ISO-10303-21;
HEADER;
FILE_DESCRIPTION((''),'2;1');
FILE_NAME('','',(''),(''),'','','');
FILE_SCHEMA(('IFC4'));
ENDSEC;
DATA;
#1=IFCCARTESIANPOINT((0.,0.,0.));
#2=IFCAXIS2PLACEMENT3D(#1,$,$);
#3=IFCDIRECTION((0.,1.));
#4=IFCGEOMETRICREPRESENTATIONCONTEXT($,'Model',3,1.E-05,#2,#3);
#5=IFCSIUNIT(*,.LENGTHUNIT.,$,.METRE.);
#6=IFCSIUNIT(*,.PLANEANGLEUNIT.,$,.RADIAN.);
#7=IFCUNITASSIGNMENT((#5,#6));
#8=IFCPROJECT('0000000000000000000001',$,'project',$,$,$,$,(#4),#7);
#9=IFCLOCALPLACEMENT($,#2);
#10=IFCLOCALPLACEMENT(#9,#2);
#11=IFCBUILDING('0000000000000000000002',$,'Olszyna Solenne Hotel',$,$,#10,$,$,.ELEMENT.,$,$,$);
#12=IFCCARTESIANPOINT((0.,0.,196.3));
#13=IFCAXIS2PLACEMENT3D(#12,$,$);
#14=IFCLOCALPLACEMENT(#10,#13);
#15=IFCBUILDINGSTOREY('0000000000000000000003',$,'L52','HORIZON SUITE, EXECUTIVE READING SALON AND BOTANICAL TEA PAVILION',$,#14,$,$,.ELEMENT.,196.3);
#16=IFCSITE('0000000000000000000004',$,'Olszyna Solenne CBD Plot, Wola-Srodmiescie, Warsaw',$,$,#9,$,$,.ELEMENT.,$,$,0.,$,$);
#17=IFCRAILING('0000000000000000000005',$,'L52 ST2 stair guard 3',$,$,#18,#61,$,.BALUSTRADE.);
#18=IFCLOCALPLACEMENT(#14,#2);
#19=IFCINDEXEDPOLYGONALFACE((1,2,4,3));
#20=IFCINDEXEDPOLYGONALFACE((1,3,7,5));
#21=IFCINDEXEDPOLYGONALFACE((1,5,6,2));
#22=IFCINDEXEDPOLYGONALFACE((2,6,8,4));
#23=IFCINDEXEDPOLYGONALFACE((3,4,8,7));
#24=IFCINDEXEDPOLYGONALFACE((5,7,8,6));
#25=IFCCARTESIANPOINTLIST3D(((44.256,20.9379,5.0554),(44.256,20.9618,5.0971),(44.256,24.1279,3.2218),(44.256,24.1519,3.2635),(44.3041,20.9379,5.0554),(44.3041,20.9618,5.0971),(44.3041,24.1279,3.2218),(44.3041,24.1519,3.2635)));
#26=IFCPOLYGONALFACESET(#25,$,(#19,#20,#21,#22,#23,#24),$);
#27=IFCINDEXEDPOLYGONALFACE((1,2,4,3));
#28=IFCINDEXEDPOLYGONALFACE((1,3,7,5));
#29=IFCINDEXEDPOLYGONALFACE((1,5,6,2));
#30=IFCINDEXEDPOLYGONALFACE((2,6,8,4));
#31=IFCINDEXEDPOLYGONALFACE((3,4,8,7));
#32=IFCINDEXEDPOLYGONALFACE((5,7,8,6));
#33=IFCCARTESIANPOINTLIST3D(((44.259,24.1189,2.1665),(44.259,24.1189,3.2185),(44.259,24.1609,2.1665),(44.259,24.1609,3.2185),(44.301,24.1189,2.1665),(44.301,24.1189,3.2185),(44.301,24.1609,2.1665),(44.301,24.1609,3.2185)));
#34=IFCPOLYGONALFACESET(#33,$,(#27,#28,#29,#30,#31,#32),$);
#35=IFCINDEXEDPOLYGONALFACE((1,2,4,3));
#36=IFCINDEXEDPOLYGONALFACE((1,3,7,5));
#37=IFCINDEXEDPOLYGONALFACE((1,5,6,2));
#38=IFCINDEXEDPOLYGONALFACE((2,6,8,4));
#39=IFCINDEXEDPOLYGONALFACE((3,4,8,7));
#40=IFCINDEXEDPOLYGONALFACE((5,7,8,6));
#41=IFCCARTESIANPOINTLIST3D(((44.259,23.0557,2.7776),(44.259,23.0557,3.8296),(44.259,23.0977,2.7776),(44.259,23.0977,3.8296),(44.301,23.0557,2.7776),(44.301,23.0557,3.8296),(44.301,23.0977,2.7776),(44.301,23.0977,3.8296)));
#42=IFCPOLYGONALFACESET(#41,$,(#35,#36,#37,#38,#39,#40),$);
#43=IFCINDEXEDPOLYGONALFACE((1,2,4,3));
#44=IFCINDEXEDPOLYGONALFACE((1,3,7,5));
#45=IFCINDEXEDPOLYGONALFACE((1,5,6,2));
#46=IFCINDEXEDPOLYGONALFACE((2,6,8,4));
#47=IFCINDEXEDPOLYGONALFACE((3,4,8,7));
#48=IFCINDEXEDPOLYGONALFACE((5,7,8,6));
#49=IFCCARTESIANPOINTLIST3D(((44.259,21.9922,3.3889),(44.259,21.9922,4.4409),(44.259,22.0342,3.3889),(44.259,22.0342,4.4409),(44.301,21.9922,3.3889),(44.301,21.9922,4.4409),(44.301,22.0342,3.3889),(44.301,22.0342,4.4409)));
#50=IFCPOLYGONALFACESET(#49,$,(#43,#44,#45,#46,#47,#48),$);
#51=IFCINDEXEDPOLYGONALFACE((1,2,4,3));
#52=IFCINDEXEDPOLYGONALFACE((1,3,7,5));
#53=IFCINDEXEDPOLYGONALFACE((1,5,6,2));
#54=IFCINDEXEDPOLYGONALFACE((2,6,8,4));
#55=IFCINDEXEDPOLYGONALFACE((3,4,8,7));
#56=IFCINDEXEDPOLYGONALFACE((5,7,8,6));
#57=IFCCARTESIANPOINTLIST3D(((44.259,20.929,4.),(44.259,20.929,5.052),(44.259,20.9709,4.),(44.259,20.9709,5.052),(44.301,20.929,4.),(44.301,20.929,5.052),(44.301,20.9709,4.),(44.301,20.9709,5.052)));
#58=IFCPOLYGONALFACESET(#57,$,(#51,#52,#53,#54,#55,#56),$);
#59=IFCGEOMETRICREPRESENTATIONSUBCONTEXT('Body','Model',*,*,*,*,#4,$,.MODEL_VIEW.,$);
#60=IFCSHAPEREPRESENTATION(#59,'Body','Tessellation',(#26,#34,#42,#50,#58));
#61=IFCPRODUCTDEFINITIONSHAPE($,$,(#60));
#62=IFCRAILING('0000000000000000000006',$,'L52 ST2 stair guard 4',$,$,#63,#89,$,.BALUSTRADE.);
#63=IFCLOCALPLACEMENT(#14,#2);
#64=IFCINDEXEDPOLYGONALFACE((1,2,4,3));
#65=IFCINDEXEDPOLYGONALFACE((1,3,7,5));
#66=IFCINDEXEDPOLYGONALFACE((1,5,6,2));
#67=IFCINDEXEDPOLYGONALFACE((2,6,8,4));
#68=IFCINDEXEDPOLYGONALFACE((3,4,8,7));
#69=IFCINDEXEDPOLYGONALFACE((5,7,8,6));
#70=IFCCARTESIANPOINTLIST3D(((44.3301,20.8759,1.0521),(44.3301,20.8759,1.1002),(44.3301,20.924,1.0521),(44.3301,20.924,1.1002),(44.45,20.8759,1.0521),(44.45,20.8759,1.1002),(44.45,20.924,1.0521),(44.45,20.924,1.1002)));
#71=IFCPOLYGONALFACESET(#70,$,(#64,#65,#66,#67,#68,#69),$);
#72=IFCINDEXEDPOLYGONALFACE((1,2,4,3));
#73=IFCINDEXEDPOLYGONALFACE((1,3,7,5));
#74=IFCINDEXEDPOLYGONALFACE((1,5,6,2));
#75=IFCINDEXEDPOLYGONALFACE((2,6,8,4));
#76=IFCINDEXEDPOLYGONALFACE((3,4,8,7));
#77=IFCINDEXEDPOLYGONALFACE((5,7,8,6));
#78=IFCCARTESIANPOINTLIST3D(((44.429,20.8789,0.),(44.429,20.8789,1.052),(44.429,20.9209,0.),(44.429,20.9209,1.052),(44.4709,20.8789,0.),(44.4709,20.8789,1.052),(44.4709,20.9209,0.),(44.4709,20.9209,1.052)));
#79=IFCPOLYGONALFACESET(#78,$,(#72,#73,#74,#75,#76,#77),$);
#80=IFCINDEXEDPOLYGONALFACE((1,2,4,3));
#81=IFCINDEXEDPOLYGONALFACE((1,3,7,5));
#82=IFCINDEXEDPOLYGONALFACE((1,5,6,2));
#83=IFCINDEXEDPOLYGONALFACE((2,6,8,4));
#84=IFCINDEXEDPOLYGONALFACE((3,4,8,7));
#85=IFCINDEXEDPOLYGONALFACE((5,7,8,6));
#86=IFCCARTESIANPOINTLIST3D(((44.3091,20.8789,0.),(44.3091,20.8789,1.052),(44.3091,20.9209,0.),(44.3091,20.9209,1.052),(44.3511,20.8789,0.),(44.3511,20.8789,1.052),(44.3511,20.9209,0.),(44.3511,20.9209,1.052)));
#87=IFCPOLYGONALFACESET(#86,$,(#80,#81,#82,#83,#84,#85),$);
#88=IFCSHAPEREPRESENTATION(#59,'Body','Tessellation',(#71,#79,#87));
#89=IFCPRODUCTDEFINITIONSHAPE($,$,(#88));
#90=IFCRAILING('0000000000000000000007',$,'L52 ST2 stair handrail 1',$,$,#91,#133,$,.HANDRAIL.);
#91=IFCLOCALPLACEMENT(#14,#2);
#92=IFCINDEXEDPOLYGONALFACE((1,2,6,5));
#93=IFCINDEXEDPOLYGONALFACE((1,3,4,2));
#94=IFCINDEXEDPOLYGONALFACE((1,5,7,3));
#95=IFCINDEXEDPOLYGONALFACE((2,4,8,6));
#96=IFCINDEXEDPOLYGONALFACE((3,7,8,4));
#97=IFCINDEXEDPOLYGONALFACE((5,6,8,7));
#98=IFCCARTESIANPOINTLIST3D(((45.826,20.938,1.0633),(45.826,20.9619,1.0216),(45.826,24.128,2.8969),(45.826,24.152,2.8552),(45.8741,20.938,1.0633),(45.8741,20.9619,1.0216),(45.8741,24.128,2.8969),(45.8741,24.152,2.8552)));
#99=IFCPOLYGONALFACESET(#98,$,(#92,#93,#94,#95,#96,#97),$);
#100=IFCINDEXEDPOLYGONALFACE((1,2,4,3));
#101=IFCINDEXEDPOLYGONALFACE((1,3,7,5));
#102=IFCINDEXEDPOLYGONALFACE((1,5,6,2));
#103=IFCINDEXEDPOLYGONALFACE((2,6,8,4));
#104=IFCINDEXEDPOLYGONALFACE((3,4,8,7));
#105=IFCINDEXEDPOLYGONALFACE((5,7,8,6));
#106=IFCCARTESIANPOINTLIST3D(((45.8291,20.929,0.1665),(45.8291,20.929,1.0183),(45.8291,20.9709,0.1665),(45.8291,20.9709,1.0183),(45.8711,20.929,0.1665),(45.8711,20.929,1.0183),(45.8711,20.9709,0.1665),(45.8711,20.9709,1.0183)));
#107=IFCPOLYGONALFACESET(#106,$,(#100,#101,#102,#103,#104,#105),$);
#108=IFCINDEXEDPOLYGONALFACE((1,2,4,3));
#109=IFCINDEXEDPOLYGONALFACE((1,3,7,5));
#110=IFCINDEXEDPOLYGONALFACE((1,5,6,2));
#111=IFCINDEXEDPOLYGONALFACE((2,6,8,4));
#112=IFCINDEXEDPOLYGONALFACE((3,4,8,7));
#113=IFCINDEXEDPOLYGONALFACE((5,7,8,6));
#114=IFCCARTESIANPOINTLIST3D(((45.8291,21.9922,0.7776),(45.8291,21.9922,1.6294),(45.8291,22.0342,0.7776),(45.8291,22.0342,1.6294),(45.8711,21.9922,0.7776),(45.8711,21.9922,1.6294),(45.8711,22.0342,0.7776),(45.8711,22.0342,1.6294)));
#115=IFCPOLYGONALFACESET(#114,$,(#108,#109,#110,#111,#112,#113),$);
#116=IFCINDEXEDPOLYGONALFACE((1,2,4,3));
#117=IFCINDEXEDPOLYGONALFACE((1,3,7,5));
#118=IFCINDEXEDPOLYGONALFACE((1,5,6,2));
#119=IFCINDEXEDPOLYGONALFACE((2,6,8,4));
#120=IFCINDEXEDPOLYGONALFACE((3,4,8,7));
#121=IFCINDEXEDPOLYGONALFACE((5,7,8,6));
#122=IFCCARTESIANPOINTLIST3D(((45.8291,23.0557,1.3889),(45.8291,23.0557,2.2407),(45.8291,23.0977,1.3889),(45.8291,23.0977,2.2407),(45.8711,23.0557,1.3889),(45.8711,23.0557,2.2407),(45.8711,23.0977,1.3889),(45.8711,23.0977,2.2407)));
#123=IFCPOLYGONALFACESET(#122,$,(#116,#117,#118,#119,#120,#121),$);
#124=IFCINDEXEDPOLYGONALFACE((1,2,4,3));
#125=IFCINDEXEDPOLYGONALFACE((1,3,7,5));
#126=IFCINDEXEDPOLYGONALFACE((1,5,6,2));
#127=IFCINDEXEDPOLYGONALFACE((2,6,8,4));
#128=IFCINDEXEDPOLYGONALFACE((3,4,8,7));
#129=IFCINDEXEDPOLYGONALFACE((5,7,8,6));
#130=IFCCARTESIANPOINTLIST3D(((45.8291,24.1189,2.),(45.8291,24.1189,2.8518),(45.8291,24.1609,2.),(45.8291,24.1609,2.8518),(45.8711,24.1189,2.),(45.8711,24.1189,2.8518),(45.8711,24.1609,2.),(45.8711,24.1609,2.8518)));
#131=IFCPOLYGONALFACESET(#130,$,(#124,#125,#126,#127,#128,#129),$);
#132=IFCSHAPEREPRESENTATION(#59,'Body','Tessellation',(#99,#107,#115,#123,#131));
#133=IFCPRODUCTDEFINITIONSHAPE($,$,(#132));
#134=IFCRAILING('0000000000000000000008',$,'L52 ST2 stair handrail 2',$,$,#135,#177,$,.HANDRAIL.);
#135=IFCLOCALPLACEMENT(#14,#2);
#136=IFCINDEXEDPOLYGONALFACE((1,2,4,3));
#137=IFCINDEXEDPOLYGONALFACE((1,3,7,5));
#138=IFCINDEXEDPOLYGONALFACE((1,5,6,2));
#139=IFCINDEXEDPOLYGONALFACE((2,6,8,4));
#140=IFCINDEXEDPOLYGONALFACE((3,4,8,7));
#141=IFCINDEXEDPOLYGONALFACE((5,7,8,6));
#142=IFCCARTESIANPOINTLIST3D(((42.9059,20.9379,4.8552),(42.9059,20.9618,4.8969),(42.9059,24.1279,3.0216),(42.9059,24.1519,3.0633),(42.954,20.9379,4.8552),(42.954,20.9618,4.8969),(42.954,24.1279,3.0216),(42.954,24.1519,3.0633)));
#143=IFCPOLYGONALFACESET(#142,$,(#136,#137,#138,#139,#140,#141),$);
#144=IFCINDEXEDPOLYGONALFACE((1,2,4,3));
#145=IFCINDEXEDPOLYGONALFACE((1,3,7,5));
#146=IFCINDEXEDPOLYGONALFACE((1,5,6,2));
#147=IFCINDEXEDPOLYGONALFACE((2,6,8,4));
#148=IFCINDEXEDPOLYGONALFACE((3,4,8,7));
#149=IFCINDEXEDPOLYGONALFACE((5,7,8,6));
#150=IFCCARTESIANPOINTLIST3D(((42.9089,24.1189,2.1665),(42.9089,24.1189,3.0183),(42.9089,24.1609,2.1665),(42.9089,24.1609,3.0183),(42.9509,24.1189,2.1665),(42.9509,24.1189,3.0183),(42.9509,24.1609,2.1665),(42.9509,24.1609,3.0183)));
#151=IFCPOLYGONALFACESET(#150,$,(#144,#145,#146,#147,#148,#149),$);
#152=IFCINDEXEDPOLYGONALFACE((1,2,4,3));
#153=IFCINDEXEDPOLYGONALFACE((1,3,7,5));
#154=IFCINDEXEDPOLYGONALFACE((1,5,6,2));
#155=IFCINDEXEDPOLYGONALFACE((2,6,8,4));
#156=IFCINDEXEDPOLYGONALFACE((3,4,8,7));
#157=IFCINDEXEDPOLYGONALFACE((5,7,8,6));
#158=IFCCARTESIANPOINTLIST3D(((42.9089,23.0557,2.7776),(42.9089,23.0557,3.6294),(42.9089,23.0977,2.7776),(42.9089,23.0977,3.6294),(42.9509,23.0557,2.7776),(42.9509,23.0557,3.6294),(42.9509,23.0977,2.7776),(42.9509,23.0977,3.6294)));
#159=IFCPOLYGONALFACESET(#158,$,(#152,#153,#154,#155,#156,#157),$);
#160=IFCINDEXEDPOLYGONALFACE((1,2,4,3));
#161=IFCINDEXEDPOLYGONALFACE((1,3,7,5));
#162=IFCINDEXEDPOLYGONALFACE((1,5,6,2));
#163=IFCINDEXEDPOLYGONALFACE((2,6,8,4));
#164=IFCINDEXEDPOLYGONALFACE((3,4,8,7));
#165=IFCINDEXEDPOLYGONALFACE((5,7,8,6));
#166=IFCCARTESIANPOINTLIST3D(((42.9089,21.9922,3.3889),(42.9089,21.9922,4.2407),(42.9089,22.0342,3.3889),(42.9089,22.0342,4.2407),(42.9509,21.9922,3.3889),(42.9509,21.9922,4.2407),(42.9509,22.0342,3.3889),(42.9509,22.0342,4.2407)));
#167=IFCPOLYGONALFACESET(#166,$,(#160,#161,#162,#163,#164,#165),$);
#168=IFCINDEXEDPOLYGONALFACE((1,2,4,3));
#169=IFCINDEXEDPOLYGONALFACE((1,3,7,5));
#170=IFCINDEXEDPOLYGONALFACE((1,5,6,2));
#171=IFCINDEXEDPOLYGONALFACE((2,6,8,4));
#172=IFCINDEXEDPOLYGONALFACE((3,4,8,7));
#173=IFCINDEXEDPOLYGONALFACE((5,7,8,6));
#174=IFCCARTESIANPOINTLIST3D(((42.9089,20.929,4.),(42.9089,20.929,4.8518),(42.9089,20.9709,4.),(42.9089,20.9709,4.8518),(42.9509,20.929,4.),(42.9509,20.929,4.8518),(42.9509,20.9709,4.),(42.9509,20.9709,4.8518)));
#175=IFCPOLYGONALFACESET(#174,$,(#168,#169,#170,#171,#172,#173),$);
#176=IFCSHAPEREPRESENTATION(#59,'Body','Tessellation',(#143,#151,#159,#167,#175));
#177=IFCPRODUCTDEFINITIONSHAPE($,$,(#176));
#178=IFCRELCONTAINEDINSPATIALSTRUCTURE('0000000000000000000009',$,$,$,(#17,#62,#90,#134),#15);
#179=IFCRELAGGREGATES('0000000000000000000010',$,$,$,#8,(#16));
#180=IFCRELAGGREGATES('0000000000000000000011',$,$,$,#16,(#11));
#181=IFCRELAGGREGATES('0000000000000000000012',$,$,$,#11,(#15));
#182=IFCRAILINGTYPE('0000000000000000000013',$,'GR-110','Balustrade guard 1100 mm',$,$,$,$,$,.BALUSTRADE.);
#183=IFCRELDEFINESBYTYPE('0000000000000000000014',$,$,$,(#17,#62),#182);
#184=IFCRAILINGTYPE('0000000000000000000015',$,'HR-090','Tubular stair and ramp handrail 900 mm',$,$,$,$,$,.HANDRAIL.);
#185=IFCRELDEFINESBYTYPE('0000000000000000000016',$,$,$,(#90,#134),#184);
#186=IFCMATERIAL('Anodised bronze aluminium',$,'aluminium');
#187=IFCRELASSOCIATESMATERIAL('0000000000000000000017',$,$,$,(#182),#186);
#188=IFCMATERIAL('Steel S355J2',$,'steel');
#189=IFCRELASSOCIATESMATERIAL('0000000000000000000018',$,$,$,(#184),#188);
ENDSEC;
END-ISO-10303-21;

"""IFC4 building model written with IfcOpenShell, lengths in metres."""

from ifc_helpers import new_model, si_unit, direction, frame, origin, origin_2d, place, context, subcontext, project, spatial, rectangle, extrude, material, type_object, element, save


model = new_model("IFC4")

# Units and contexts
model_context = context("Model", 3, precision=1e-05, world=origin(), true_north=direction((0.0, 1.0)))
body_context = subcontext(model_context, "Body", "Model", "MODEL_VIEW")
ifc_project = project(units=[si_unit("LENGTHUNIT", "METRE"), si_unit("PLANEANGLEUNIT", "RADIAN")], contexts=[model_context])

# Site, building, storey
site_placement = place(None, origin())
site = spatial("IfcSite", under=ifc_project, at=site_placement, Name="Olszyna Solenne CBD Plot, Wola-Srodmiescie, Warsaw", CompositionType="ELEMENT", RefElevation=0.0)
building_placement = place(site_placement, origin())
building = spatial("IfcBuilding", under=site, at=building_placement, Name="Olszyna Solenne Hotel", CompositionType="ELEMENT")
storey_placement = place(building_placement, frame((0.0, 0.0, 196.3)))
storey = spatial("IfcBuildingStorey", under=building, at=storey_placement, Name="L52", Description="HORIZON SUITE, EXECUTIVE READING SALON AND BOTANICAL TEA PAVILION", CompositionType="ELEMENT", Elevation=196.3)

# Shared definitions
ifc_material_1 = material(Name="Steel S355J2", Category="steel")

# Shared definitions
ifc_material_2 = material(Name="Anodised bronze aluminium", Category="aluminium")

# Railings
railing_type_1 = type_object("IfcRailingType", Name="GR-110", Description="Balustrade guard 1100 mm", PredefinedType="BALUSTRADE", material=ifc_material_2)
railing_1_placement = place(storey_placement, frame((44.28, 24.1399, 2.1665)))
element("IfcRailing", 1, at=railing_1_placement, inside=storey, type_object=railing_type_1, Name="L52 ST2 stair guard 3", PredefinedType="BALUSTRADE", context=body_context, shape_type="SweptSolid", body=[
    extrude(rectangle(XDim=0.0481, YDim=0.0481, at=origin_2d()), frame((0.0, 0.0, 1.0762), z_axis=(0.0, -0.866991, 0.498324), x_axis=(1.0, 0.0, 0.0)), (0.0, 0.0, 1.0), 3.6794),
    extrude(rectangle(XDim=0.042, YDim=0.042, at=origin_2d()), origin(), (0.0, 0.0, 1.0), 1.052),
    extrude(rectangle(XDim=0.042, YDim=0.042, at=origin_2d()), frame((0.0, -1.0632, 0.6111)), (0.0, 0.0, 1.0), 1.052),
    extrude(rectangle(XDim=0.042, YDim=0.042, at=origin_2d()), frame((0.0, -2.1267, 1.2224)), (0.0, 0.0, 1.0), 1.052),
    extrude(rectangle(XDim=0.042, YDim=0.042, at=origin_2d()), frame((0.0, -3.1899, 1.8335)), (0.0, 0.0, 1.0), 1.052),
])
railing_2_placement = place(storey_placement, frame((44.45, 20.8999, 0.0)))
element("IfcRailing", 2, at=railing_2_placement, inside=storey, type_object=railing_type_1, Name="L52 ST2 stair guard 4", PredefinedType="BALUSTRADE", context=body_context, shape_type="SweptSolid", body=[
    extrude(rectangle(XDim=0.0481, YDim=0.0481, at=origin_2d()), frame((0.0, 0.0, 1.0762), z_axis=(-1.0, 0.0, 0.0), x_axis=(0.0, -1.0, 0.0)), (0.0, 0.0, 1.0), 0.1199),
    extrude(rectangle(XDim=0.042, YDim=0.042, at=origin_2d()), origin(), (0.0, 0.0, 1.0), 1.052),
    extrude(rectangle(XDim=0.042, YDim=0.042, at=origin_2d()), frame((-0.1199, 0.0, 0.0)), (0.0, 0.0, 1.0), 1.052),
])
railing_type_2 = type_object("IfcRailingType", Name="HR-090", Description="Tubular stair and ramp handrail 900 mm", PredefinedType="HANDRAIL", material=ifc_material_1)
railing_3_placement = place(storey_placement, frame((45.8501, 20.95, 0.1665)))
element("IfcRailing", 3, at=railing_3_placement, inside=storey, type_object=railing_type_2, Name="L52 ST2 stair handrail 1", PredefinedType="HANDRAIL", context=body_context, shape_type="SweptSolid", body=[
    extrude(rectangle(XDim=0.0481, YDim=0.0481, at=origin_2d()), frame((0.0, 0.0, 0.876), z_axis=(0.0, 0.866991, 0.498324), x_axis=(-1.0, 0.0, 0.0)), (0.0, 0.0, 1.0), 3.6794),
    extrude(rectangle(XDim=0.042, YDim=0.042, at=origin_2d()), origin(), (0.0, 0.0, 1.0), 0.8518),
    extrude(rectangle(XDim=0.042, YDim=0.042, at=origin_2d()), frame((0.0, 1.0632, 0.6111)), (0.0, 0.0, 1.0), 0.8518),
    extrude(rectangle(XDim=0.042, YDim=0.042, at=origin_2d()), frame((0.0, 2.1267, 1.2224)), (0.0, 0.0, 1.0), 0.8518),
    extrude(rectangle(XDim=0.042, YDim=0.042, at=origin_2d()), frame((0.0, 3.1899, 1.8335)), (0.0, 0.0, 1.0), 0.8518),
])
railing_4_placement = place(storey_placement, frame((42.9299, 24.1399, 2.1665)))
element("IfcRailing", 4, at=railing_4_placement, inside=storey, type_object=railing_type_2, Name="L52 ST2 stair handrail 2", PredefinedType="HANDRAIL", context=body_context, shape_type="SweptSolid", body=[
    extrude(rectangle(XDim=0.0481, YDim=0.0481, at=origin_2d()), frame((0.0, 0.0, 0.876), z_axis=(0.0, -0.866991, 0.498324), x_axis=(1.0, 0.0, 0.0)), (0.0, 0.0, 1.0), 3.6794),
    extrude(rectangle(XDim=0.042, YDim=0.042, at=origin_2d()), origin(), (0.0, 0.0, 1.0), 0.8518),
    extrude(rectangle(XDim=0.042, YDim=0.042, at=origin_2d()), frame((0.0, -1.0632, 0.6111)), (0.0, 0.0, 1.0), 0.8518),
    extrude(rectangle(XDim=0.042, YDim=0.042, at=origin_2d()), frame((0.0, -2.1267, 1.2224)), (0.0, 0.0, 1.0), 0.8518),
    extrude(rectangle(XDim=0.042, YDim=0.042, at=origin_2d()), frame((0.0, -3.1899, 1.8335)), (0.0, 0.0, 1.0), 0.8518),
])

save(model, "model.ifc")
